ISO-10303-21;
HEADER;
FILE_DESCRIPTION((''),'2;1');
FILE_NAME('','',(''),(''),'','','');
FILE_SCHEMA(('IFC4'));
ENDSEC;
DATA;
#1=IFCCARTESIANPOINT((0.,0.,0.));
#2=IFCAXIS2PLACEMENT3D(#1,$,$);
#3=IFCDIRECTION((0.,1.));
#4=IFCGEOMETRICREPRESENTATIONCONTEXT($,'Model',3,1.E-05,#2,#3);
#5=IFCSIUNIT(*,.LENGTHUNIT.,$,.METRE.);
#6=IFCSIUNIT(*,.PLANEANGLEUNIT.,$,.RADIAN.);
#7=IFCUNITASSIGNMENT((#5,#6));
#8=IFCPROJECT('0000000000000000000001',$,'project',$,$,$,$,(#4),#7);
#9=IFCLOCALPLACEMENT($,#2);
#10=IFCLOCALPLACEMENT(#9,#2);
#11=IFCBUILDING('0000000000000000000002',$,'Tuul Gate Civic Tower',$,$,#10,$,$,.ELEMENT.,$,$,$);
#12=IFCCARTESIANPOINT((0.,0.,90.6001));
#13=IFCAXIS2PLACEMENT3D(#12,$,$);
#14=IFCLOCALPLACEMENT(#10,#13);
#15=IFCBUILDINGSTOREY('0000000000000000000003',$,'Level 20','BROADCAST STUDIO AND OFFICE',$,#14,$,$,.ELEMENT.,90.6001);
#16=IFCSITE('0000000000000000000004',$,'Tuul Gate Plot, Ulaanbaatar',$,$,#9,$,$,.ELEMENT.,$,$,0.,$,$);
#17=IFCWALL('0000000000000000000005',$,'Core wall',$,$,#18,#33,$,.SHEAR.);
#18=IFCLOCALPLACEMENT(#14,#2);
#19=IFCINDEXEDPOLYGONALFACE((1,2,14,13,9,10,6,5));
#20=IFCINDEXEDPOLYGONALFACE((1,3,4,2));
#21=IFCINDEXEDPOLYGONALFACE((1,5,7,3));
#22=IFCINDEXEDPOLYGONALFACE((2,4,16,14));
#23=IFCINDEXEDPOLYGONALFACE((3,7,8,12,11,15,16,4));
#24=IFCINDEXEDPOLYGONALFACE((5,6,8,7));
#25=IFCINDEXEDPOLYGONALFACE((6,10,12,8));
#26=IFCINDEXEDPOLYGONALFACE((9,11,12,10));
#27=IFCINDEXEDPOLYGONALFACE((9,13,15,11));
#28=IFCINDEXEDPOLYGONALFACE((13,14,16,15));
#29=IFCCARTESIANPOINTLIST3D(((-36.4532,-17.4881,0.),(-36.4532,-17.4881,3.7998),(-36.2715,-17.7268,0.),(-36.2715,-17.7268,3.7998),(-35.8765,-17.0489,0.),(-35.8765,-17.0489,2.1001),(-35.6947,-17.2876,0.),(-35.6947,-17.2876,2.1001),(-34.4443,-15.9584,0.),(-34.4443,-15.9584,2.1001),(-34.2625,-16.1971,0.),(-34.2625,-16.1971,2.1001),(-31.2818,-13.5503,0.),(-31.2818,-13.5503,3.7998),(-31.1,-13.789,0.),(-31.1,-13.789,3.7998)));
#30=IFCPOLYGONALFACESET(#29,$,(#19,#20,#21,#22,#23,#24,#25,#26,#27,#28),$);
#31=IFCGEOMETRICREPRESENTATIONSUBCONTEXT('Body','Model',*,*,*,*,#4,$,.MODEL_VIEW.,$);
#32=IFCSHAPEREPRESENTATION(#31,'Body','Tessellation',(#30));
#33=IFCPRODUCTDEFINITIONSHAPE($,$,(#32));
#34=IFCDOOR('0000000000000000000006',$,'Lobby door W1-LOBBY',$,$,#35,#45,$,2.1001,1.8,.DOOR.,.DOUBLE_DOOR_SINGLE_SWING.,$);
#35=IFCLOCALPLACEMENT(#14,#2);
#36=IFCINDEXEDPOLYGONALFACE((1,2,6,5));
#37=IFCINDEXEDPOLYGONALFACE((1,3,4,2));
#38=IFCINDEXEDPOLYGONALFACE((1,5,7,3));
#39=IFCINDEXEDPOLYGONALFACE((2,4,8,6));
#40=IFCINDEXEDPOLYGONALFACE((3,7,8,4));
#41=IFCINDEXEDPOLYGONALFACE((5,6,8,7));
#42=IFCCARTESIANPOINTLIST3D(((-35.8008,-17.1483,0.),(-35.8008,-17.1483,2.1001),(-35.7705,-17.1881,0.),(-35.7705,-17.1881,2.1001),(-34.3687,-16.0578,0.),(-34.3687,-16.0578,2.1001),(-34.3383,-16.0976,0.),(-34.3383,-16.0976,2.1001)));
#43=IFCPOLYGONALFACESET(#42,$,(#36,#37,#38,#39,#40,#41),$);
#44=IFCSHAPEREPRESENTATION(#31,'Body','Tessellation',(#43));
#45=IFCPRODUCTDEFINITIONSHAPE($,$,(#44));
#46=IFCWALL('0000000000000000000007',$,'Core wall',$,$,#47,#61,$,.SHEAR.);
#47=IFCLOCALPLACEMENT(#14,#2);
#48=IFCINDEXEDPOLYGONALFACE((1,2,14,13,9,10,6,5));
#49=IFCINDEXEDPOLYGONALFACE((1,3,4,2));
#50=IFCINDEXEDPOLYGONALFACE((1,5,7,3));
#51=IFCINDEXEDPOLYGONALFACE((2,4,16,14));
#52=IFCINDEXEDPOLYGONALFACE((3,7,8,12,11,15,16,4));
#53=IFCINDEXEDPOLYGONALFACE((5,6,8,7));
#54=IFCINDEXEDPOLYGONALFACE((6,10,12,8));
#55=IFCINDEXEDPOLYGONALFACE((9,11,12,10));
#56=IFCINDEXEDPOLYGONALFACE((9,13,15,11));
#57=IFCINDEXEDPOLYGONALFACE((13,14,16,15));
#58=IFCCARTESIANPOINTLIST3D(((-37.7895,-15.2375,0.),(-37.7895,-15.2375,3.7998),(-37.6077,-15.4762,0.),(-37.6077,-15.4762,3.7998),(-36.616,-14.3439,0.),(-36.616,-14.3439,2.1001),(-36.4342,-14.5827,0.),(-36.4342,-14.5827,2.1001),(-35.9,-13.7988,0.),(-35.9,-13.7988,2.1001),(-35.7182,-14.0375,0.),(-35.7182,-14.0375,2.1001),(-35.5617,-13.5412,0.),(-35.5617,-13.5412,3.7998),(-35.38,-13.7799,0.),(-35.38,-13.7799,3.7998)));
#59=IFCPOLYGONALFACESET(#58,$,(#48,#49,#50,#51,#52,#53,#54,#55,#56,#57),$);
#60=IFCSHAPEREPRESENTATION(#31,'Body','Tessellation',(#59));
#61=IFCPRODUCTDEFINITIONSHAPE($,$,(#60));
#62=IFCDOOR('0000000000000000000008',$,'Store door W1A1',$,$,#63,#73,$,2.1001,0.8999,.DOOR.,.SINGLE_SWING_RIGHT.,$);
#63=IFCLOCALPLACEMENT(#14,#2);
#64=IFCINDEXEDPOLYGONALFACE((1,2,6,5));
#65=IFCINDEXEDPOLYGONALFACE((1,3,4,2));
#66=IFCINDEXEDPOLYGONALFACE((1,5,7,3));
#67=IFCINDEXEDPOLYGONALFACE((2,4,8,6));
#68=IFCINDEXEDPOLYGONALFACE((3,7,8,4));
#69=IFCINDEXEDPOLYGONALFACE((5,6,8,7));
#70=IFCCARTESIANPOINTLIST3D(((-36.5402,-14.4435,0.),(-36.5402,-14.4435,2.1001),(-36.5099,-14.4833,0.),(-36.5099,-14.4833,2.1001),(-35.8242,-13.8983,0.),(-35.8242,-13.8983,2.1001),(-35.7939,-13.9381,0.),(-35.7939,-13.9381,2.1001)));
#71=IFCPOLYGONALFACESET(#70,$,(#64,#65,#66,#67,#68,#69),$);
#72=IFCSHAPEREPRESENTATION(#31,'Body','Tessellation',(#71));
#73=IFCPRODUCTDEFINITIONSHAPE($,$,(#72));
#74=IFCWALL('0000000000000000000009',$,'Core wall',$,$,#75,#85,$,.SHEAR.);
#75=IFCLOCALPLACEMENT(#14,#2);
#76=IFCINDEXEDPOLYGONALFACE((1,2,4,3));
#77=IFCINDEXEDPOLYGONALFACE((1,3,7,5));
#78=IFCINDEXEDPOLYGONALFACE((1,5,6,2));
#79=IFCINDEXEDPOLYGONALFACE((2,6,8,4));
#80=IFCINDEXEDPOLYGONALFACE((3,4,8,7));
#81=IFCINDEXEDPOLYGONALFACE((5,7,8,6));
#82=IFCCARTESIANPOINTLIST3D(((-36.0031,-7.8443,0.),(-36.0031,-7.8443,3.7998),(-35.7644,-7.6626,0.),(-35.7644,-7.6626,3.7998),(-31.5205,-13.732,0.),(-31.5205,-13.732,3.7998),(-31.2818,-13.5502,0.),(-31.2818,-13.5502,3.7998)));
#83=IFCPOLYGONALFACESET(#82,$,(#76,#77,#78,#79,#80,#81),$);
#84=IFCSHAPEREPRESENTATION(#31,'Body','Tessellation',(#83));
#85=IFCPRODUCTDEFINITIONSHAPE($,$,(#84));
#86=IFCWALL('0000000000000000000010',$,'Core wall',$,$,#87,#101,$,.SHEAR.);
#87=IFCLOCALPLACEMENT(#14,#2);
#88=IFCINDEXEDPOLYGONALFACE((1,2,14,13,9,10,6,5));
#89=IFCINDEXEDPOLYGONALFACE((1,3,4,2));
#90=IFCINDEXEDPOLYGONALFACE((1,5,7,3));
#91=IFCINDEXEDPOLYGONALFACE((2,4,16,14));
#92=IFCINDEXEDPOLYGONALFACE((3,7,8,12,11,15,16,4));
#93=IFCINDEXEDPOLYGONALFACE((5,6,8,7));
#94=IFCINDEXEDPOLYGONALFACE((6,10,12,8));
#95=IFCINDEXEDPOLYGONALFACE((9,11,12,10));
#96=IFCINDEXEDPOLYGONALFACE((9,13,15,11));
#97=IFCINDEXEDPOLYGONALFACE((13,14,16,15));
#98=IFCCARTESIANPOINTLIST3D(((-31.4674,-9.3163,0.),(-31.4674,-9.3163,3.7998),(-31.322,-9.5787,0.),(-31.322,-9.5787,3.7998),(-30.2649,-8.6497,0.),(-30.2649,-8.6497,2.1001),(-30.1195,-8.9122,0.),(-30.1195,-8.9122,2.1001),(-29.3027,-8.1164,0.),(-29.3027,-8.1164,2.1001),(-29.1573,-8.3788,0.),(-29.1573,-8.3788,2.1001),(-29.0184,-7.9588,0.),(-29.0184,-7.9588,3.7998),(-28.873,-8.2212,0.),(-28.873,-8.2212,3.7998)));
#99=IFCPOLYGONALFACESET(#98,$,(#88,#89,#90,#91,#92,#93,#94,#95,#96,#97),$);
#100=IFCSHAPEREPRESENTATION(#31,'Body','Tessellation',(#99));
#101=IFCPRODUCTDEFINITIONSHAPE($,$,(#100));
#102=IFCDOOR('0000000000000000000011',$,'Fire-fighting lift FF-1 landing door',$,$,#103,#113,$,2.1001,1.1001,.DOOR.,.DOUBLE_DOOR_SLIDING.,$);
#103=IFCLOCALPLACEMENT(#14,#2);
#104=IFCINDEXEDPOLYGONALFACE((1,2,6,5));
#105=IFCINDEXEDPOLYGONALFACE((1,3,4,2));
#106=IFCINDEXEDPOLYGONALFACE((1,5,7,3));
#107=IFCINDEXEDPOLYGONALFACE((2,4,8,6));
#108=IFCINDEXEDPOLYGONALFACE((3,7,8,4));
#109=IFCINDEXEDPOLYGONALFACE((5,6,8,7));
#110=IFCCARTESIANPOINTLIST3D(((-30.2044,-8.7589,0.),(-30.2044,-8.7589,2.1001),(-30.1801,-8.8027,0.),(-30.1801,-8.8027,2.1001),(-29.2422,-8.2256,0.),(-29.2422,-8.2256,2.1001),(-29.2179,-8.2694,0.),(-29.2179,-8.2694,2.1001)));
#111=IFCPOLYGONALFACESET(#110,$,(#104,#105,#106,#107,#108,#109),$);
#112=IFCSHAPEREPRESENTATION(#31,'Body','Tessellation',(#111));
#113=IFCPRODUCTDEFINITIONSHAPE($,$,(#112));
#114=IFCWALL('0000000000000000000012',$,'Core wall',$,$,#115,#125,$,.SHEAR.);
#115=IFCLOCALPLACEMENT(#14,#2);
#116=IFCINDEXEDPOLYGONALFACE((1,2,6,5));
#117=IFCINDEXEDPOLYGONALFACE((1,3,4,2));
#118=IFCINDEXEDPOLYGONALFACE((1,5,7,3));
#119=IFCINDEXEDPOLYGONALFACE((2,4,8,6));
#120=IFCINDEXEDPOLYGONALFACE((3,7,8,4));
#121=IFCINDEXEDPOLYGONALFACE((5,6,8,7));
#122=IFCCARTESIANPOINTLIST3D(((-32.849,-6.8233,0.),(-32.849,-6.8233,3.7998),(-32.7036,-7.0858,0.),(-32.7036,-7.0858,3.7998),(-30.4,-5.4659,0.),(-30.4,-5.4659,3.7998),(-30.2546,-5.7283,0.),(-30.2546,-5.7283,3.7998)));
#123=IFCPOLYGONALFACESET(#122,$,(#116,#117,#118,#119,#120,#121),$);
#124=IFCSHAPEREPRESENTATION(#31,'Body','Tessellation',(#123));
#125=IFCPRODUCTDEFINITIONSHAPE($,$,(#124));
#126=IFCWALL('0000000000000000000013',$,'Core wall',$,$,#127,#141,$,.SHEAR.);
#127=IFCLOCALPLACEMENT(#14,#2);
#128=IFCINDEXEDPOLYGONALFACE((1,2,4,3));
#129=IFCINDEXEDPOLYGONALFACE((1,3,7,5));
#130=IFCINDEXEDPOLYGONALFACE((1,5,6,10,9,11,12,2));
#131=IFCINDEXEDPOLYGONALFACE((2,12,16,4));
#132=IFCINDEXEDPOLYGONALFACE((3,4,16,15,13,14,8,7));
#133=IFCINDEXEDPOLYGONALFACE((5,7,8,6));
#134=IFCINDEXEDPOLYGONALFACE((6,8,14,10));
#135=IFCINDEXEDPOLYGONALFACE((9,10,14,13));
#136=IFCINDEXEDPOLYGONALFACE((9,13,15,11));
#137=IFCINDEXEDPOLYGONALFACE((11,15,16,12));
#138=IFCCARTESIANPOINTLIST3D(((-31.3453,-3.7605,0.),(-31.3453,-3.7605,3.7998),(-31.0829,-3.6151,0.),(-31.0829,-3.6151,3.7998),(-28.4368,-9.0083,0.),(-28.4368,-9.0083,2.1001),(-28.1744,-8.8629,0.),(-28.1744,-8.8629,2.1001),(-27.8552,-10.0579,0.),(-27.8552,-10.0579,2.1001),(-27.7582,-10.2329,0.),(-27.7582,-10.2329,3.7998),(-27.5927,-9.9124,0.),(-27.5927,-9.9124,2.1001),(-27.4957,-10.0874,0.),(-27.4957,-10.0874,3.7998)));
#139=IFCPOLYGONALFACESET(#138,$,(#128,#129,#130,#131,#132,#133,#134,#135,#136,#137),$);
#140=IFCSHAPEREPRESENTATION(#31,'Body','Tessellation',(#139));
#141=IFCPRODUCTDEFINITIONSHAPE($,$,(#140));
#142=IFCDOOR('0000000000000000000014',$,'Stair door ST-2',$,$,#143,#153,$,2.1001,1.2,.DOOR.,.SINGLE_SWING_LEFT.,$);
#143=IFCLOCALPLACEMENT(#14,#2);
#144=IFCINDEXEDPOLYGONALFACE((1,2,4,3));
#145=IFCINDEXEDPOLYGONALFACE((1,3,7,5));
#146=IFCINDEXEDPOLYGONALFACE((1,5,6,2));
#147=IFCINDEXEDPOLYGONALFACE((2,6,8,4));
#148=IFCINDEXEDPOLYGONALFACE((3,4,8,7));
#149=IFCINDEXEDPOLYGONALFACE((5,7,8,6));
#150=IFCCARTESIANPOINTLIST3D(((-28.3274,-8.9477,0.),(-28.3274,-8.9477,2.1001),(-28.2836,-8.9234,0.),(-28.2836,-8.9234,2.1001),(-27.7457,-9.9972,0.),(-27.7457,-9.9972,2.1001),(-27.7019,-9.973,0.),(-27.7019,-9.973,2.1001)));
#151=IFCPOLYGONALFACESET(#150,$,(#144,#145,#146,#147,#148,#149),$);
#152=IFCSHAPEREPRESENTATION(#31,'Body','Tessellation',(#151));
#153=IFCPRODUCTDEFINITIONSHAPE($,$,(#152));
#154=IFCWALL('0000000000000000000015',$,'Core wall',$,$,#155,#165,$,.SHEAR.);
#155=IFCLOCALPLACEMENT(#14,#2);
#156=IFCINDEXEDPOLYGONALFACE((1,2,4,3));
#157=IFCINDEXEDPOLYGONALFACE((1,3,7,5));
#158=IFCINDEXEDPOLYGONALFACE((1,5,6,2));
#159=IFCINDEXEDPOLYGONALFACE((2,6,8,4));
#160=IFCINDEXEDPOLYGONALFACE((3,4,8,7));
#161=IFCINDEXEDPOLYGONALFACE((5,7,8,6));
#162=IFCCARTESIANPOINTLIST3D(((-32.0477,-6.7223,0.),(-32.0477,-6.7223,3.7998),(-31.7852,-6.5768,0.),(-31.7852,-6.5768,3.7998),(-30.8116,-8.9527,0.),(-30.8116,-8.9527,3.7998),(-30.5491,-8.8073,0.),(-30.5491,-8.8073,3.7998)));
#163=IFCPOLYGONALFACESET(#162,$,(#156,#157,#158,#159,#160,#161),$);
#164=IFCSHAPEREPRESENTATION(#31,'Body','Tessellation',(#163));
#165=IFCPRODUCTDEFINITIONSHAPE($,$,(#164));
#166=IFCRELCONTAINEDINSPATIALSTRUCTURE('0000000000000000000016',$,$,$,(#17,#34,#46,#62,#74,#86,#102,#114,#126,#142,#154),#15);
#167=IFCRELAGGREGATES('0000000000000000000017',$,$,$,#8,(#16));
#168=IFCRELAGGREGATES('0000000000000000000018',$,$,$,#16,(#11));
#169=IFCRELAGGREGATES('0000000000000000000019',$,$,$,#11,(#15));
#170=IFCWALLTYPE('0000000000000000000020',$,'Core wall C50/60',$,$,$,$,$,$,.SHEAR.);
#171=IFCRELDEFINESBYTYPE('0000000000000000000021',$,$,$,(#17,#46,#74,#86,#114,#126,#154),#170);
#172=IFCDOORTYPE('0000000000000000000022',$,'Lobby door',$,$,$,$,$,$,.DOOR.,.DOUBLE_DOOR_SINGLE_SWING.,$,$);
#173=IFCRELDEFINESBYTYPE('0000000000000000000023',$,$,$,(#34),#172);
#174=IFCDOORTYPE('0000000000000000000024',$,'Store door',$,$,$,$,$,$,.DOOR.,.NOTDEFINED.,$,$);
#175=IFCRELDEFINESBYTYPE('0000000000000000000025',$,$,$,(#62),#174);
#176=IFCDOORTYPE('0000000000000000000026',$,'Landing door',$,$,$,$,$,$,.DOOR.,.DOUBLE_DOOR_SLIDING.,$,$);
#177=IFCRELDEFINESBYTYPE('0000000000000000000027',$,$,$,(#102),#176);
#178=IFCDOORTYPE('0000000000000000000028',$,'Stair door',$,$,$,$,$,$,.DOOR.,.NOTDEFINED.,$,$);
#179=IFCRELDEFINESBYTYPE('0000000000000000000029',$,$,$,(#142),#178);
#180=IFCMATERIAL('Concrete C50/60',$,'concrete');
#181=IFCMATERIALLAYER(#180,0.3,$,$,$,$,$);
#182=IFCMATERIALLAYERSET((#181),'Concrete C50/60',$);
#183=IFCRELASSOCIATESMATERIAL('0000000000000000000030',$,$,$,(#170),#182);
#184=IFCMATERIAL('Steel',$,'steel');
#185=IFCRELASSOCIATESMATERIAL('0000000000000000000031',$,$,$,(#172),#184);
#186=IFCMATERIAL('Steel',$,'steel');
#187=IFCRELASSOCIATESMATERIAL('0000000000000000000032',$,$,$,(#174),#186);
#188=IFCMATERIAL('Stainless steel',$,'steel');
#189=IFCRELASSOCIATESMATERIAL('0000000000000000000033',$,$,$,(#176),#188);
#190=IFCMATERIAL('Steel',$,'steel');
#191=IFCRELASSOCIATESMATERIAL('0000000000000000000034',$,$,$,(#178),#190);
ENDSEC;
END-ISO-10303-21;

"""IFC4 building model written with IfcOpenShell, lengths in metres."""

from ifc_helpers import new_model, si_unit, direction, frame, frame_2d, origin, place, context, subcontext, project, spatial, rectangle, extrude, material, layer, layer_set, type_object, element, fill, save


model = new_model("IFC4")

# Units and contexts
model_context = context("Model", 3, precision=1e-05, world=origin(), true_north=direction((0.0, 1.0)))
body_context = subcontext(model_context, "Body", "Model", "MODEL_VIEW")
ifc_project = project(units=[si_unit("LENGTHUNIT", "METRE"), si_unit("PLANEANGLEUNIT", "RADIAN")], contexts=[model_context])

# Site, building, storey
site_placement = place(None, origin())
site = spatial("IfcSite", under=ifc_project, at=site_placement, Name="Tuul Gate Plot, Ulaanbaatar", CompositionType="ELEMENT", RefElevation=0.0)
building_placement = place(site_placement, origin())
building = spatial("IfcBuilding", under=site, at=building_placement, Name="Tuul Gate Civic Tower", CompositionType="ELEMENT")
storey_placement = place(building_placement, frame((0.0, 0.0, 90.6001)))
storey = spatial("IfcBuildingStorey", under=building, at=storey_placement, Name="Level 20", Description="BROADCAST STUDIO AND OFFICE", CompositionType="ELEMENT", Elevation=90.6001)

# Walls, openings, doors
ifc_material_1 = material(Name="Concrete C50/60", Category="concrete")
ifc_layer = layer(ifc_material_1, 0.3)
ifc_layer_set = layer_set([ifc_layer], Name="Concrete C50/60")
wall_type = type_object("IfcWallType", Name="Core wall C50/60", PredefinedType="SHEAR", material=ifc_layer_set)
wall_1_placement = place(storey_placement, frame((-31.1909, -13.6697, 0.0), z_axis=(0.0, 0.0, 1.0), x_axis=(-0.795607, -0.605813, 0.0)))
wall_1 = element("IfcWall", 1, at=wall_1_placement, inside=storey, type_object=wall_type, Name="Core wall", PredefinedType="SHEAR", context=body_context, shape_type="SweptSolid", body=[
    extrude(rectangle(XDim=6.5, YDim=0.3, at=frame_2d((3.25, 0.0))), origin(), (0.0, 0.0, 1.0), 3.7998),
])
opening_1_placement = place(wall_1_placement, frame((3.9751, 0.0, 0.0)))
opening_1 = element("IfcOpeningElement", 2, at=opening_1_placement, cuts=wall_1, PredefinedType="OPENING", context=body_context, shape_type="SweptSolid", body=[
    extrude(rectangle(XDim=1.8, YDim=2.1001, at=frame_2d((0.8999, 1.05))), frame((0.0, 0.1602, 0.0), z_axis=(0.0, -1.0, 0.0), x_axis=(1.0, 0.0, 0.0)), (0.0, 0.0, 1.0), 0.3201),
])
ifc_material_2 = material(Name="Steel", Category="steel")
door_type_1 = type_object("IfcDoorType", Name="Lobby door", OperationType="DOUBLE_DOOR_SINGLE_SWING", PredefinedType="DOOR", material=ifc_material_2)
door_1_placement = place(opening_1_placement, origin())
door_1 = element("IfcDoor", 3, at=door_1_placement, inside=storey, type_object=door_type_1, Name="Lobby door W1-LOBBY", OperationType="DOUBLE_DOOR_SINGLE_SWING", OverallHeight=2.1001, OverallWidth=1.8, PredefinedType="DOOR", context=body_context, shape_type="SweptSolid", body=[
    extrude(rectangle(XDim=1.8, YDim=2.1001, at=frame_2d((0.8999, 1.05))), frame((0.0, 0.0249, 0.0), z_axis=(0.0, -1.0, 0.0), x_axis=(1.0, 0.0, 0.0)), (0.0, 0.0, 1.0), 0.05),
])
fill(opening_1, door_1)
wall_2_placement = place(storey_placement, frame((-35.4709, -13.6606, 0.0), z_axis=(0.0, 0.0, 1.0), x_axis=(-0.795616, -0.605802, 0.0)))
wall_2 = element("IfcWall", 4, at=wall_2_placement, inside=storey, type_object=wall_type, Name="Core wall", PredefinedType="SHEAR", context=body_context, shape_type="SweptSolid", body=[
    extrude(rectangle(XDim=2.8, YDim=0.3, at=frame_2d((1.3999, 0.0))), origin(), (0.0, 0.0, 1.0), 3.7998),
])
opening_2_placement = place(wall_2_placement, frame((0.425, 0.0, 0.0)))
opening_2 = element("IfcOpeningElement", 5, at=opening_2_placement, cuts=wall_2, PredefinedType="OPENING", context=body_context, shape_type="SweptSolid", body=[
    extrude(rectangle(XDim=0.8999, YDim=2.1001, at=frame_2d((0.45, 1.05))), frame((0.0, 0.1602, 0.0), z_axis=(0.0, -1.0, 0.0), x_axis=(1.0, 0.0, 0.0)), (0.0, 0.0, 1.0), 0.3201),
])
ifc_material_3 = material(Name="Steel", Category="steel")
door_type_2 = type_object("IfcDoorType", Name="Store door", OperationType="NOTDEFINED", PredefinedType="DOOR", material=ifc_material_3)
door_2_placement = place(opening_2_placement, frame((0.8999, 0.0, 0.0), z_axis=(0.0, 0.0, 1.0), x_axis=(-1.0, 0.0, 0.0)))
door_2 = element("IfcDoor", 6, at=door_2_placement, inside=storey, type_object=door_type_2, Name="Store door W1A1", OperationType="SINGLE_SWING_RIGHT", OverallHeight=2.1001, OverallWidth=0.8999, PredefinedType="DOOR", context=body_context, shape_type="SweptSolid", body=[
    extrude(rectangle(XDim=0.8999, YDim=2.1001, at=frame_2d((0.45, 1.05))), frame((0.0, 0.0249, 0.0), z_axis=(0.0, -1.0, 0.0), x_axis=(1.0, 0.0, 0.0)), (0.0, 0.0, 1.0), 0.05),
])
fill(opening_2, door_2)

# Wall
wall_3_placement = place(storey_placement, frame((-31.4011, -13.6411, 0.0), z_axis=(0.0, 0.0, 1.0), x_axis=(-0.60577, 0.79564, 0.0)))
element("IfcWall", 7, at=wall_3_placement, inside=storey, type_object=wall_type, Name="Core wall", PredefinedType="SHEAR", context=body_context, shape_type="SweptSolid", body=[
    extrude(rectangle(XDim=7.3999, YDim=0.3, at=frame_2d((3.7, 0.0))), origin(), (0.0, 0.0, 1.0), 3.7998),
])

# Wall, opening, door
wall_4_placement = place(storey_placement, frame((-28.9458, -8.0901, 0.0), z_axis=(0.0, 0.0, 1.0), x_axis=(-0.87463, -0.484791, 0.0)))
wall_4 = element("IfcWall", 8, at=wall_4_placement, inside=storey, type_object=wall_type, Name="Core wall", PredefinedType="SHEAR", context=body_context, shape_type="SweptSolid", body=[
    extrude(rectangle(XDim=2.8, YDim=0.3, at=frame_2d((1.3999, 0.0))), origin(), (0.0, 0.0, 1.0), 3.7998),
])
opening_3_placement = place(wall_4_placement, frame((0.325, 0.0, 0.0)))
opening_3 = element("IfcOpeningElement", 9, at=opening_3_placement, cuts=wall_4, PredefinedType="OPENING", context=body_context, shape_type="SweptSolid", body=[
    extrude(rectangle(XDim=1.1001, YDim=2.1001, at=frame_2d((0.55, 1.05))), frame((0.0, 0.1602, 0.0), z_axis=(0.0, -1.0, 0.0), x_axis=(1.0, 0.0, 0.0)), (0.0, 0.0, 1.0), 0.3201),
])
ifc_material_4 = material(Name="Stainless steel", Category="steel")
door_type_3 = type_object("IfcDoorType", Name="Landing door", OperationType="DOUBLE_DOOR_SLIDING", PredefinedType="DOOR", material=ifc_material_4)
door_3_placement = place(opening_3_placement, origin())
door_3 = element("IfcDoor", 10, at=door_3_placement, inside=storey, type_object=door_type_3, Name="Fire-fighting lift FF-1 landing door", OperationType="DOUBLE_DOOR_SLIDING", OverallHeight=2.1001, OverallWidth=1.1001, PredefinedType="DOOR", context=body_context, shape_type="SweptSolid", body=[
    extrude(rectangle(XDim=1.1001, YDim=2.1001, at=frame_2d((0.55, 1.05))), frame((0.0, 0.0249, 0.0), z_axis=(0.0, -1.0, 0.0), x_axis=(1.0, 0.0, 0.0)), (0.0, 0.0, 1.0), 0.05),
])
fill(opening_3, door_3)

# Wall
wall_5_placement = place(storey_placement, frame((-30.3274, -5.5972, 0.0), z_axis=(0.0, 0.0, 1.0), x_axis=(-0.87463, -0.484791, 0.0)))
element("IfcWall", 11, at=wall_5_placement, inside=storey, type_object=wall_type, Name="Core wall", PredefinedType="SHEAR", context=body_context, shape_type="SweptSolid", body=[
    extrude(rectangle(XDim=2.8, YDim=0.3, at=frame_2d((1.3999, 0.0))), origin(), (0.0, 0.0, 1.0), 3.7998),
])

# Wall, opening, door
wall_6_placement = place(storey_placement, frame((-27.627, -10.1602, 0.0), z_axis=(0.0, 0.0, 1.0), x_axis=(-0.484752, 0.874652, 0.0)))
wall_6 = element("IfcWall", 12, at=wall_6_placement, inside=storey, type_object=wall_type, Name="Core wall", PredefinedType="SHEAR", context=body_context, shape_type="SweptSolid", body=[
    extrude(rectangle(XDim=7.3999, YDim=0.3, at=frame_2d((3.7, 0.0))), origin(), (0.0, 0.0, 1.0), 3.7998),
])
opening_4_placement = place(wall_6_placement, frame((0.2, 0.0, 0.0)))
opening_4 = element("IfcOpeningElement", 13, at=opening_4_placement, cuts=wall_6, PredefinedType="OPENING", context=body_context, shape_type="SweptSolid", body=[
    extrude(rectangle(XDim=1.2, YDim=2.1001, at=frame_2d((0.6001, 1.05))), frame((0.0, 0.1602, 0.0), z_axis=(0.0, -1.0, 0.0), x_axis=(1.0, 0.0, 0.0)), (0.0, 0.0, 1.0), 0.3201),
])
ifc_material_5 = material(Name="Steel", Category="steel")
door_type_4 = type_object("IfcDoorType", Name="Stair door", OperationType="NOTDEFINED", PredefinedType="DOOR", material=ifc_material_5)
door_4_placement = place(opening_4_placement, origin())
door_4 = element("IfcDoor", 14, at=door_4_placement, inside=storey, type_object=door_type_4, Name="Stair door ST-2", OperationType="SINGLE_SWING_LEFT", OverallHeight=2.1001, OverallWidth=1.2, PredefinedType="DOOR", context=body_context, shape_type="SweptSolid", body=[
    extrude(rectangle(XDim=1.2, YDim=2.1001, at=frame_2d((0.6001, 1.05))), frame((0.0, 0.0249, 0.0), z_axis=(0.0, -1.0, 0.0), x_axis=(1.0, 0.0, 0.0)), (0.0, 0.0, 1.0), 0.05),
])
fill(opening_4, door_4)

# Wall
wall_7_placement = place(storey_placement, frame((-30.6804, -8.8799, 0.0), z_axis=(0.0, 0.0, 1.0), x_axis=(-0.484724, 0.874667, 0.0)))
element("IfcWall", 15, at=wall_7_placement, inside=storey, type_object=wall_type, Name="Core wall", PredefinedType="SHEAR", context=body_context, shape_type="SweptSolid", body=[
    extrude(rectangle(XDim=2.55, YDim=0.3, at=frame_2d((1.2749, 0.0))), origin(), (0.0, 0.0, 1.0), 3.7998),
])

save(model, "model.ifc")
